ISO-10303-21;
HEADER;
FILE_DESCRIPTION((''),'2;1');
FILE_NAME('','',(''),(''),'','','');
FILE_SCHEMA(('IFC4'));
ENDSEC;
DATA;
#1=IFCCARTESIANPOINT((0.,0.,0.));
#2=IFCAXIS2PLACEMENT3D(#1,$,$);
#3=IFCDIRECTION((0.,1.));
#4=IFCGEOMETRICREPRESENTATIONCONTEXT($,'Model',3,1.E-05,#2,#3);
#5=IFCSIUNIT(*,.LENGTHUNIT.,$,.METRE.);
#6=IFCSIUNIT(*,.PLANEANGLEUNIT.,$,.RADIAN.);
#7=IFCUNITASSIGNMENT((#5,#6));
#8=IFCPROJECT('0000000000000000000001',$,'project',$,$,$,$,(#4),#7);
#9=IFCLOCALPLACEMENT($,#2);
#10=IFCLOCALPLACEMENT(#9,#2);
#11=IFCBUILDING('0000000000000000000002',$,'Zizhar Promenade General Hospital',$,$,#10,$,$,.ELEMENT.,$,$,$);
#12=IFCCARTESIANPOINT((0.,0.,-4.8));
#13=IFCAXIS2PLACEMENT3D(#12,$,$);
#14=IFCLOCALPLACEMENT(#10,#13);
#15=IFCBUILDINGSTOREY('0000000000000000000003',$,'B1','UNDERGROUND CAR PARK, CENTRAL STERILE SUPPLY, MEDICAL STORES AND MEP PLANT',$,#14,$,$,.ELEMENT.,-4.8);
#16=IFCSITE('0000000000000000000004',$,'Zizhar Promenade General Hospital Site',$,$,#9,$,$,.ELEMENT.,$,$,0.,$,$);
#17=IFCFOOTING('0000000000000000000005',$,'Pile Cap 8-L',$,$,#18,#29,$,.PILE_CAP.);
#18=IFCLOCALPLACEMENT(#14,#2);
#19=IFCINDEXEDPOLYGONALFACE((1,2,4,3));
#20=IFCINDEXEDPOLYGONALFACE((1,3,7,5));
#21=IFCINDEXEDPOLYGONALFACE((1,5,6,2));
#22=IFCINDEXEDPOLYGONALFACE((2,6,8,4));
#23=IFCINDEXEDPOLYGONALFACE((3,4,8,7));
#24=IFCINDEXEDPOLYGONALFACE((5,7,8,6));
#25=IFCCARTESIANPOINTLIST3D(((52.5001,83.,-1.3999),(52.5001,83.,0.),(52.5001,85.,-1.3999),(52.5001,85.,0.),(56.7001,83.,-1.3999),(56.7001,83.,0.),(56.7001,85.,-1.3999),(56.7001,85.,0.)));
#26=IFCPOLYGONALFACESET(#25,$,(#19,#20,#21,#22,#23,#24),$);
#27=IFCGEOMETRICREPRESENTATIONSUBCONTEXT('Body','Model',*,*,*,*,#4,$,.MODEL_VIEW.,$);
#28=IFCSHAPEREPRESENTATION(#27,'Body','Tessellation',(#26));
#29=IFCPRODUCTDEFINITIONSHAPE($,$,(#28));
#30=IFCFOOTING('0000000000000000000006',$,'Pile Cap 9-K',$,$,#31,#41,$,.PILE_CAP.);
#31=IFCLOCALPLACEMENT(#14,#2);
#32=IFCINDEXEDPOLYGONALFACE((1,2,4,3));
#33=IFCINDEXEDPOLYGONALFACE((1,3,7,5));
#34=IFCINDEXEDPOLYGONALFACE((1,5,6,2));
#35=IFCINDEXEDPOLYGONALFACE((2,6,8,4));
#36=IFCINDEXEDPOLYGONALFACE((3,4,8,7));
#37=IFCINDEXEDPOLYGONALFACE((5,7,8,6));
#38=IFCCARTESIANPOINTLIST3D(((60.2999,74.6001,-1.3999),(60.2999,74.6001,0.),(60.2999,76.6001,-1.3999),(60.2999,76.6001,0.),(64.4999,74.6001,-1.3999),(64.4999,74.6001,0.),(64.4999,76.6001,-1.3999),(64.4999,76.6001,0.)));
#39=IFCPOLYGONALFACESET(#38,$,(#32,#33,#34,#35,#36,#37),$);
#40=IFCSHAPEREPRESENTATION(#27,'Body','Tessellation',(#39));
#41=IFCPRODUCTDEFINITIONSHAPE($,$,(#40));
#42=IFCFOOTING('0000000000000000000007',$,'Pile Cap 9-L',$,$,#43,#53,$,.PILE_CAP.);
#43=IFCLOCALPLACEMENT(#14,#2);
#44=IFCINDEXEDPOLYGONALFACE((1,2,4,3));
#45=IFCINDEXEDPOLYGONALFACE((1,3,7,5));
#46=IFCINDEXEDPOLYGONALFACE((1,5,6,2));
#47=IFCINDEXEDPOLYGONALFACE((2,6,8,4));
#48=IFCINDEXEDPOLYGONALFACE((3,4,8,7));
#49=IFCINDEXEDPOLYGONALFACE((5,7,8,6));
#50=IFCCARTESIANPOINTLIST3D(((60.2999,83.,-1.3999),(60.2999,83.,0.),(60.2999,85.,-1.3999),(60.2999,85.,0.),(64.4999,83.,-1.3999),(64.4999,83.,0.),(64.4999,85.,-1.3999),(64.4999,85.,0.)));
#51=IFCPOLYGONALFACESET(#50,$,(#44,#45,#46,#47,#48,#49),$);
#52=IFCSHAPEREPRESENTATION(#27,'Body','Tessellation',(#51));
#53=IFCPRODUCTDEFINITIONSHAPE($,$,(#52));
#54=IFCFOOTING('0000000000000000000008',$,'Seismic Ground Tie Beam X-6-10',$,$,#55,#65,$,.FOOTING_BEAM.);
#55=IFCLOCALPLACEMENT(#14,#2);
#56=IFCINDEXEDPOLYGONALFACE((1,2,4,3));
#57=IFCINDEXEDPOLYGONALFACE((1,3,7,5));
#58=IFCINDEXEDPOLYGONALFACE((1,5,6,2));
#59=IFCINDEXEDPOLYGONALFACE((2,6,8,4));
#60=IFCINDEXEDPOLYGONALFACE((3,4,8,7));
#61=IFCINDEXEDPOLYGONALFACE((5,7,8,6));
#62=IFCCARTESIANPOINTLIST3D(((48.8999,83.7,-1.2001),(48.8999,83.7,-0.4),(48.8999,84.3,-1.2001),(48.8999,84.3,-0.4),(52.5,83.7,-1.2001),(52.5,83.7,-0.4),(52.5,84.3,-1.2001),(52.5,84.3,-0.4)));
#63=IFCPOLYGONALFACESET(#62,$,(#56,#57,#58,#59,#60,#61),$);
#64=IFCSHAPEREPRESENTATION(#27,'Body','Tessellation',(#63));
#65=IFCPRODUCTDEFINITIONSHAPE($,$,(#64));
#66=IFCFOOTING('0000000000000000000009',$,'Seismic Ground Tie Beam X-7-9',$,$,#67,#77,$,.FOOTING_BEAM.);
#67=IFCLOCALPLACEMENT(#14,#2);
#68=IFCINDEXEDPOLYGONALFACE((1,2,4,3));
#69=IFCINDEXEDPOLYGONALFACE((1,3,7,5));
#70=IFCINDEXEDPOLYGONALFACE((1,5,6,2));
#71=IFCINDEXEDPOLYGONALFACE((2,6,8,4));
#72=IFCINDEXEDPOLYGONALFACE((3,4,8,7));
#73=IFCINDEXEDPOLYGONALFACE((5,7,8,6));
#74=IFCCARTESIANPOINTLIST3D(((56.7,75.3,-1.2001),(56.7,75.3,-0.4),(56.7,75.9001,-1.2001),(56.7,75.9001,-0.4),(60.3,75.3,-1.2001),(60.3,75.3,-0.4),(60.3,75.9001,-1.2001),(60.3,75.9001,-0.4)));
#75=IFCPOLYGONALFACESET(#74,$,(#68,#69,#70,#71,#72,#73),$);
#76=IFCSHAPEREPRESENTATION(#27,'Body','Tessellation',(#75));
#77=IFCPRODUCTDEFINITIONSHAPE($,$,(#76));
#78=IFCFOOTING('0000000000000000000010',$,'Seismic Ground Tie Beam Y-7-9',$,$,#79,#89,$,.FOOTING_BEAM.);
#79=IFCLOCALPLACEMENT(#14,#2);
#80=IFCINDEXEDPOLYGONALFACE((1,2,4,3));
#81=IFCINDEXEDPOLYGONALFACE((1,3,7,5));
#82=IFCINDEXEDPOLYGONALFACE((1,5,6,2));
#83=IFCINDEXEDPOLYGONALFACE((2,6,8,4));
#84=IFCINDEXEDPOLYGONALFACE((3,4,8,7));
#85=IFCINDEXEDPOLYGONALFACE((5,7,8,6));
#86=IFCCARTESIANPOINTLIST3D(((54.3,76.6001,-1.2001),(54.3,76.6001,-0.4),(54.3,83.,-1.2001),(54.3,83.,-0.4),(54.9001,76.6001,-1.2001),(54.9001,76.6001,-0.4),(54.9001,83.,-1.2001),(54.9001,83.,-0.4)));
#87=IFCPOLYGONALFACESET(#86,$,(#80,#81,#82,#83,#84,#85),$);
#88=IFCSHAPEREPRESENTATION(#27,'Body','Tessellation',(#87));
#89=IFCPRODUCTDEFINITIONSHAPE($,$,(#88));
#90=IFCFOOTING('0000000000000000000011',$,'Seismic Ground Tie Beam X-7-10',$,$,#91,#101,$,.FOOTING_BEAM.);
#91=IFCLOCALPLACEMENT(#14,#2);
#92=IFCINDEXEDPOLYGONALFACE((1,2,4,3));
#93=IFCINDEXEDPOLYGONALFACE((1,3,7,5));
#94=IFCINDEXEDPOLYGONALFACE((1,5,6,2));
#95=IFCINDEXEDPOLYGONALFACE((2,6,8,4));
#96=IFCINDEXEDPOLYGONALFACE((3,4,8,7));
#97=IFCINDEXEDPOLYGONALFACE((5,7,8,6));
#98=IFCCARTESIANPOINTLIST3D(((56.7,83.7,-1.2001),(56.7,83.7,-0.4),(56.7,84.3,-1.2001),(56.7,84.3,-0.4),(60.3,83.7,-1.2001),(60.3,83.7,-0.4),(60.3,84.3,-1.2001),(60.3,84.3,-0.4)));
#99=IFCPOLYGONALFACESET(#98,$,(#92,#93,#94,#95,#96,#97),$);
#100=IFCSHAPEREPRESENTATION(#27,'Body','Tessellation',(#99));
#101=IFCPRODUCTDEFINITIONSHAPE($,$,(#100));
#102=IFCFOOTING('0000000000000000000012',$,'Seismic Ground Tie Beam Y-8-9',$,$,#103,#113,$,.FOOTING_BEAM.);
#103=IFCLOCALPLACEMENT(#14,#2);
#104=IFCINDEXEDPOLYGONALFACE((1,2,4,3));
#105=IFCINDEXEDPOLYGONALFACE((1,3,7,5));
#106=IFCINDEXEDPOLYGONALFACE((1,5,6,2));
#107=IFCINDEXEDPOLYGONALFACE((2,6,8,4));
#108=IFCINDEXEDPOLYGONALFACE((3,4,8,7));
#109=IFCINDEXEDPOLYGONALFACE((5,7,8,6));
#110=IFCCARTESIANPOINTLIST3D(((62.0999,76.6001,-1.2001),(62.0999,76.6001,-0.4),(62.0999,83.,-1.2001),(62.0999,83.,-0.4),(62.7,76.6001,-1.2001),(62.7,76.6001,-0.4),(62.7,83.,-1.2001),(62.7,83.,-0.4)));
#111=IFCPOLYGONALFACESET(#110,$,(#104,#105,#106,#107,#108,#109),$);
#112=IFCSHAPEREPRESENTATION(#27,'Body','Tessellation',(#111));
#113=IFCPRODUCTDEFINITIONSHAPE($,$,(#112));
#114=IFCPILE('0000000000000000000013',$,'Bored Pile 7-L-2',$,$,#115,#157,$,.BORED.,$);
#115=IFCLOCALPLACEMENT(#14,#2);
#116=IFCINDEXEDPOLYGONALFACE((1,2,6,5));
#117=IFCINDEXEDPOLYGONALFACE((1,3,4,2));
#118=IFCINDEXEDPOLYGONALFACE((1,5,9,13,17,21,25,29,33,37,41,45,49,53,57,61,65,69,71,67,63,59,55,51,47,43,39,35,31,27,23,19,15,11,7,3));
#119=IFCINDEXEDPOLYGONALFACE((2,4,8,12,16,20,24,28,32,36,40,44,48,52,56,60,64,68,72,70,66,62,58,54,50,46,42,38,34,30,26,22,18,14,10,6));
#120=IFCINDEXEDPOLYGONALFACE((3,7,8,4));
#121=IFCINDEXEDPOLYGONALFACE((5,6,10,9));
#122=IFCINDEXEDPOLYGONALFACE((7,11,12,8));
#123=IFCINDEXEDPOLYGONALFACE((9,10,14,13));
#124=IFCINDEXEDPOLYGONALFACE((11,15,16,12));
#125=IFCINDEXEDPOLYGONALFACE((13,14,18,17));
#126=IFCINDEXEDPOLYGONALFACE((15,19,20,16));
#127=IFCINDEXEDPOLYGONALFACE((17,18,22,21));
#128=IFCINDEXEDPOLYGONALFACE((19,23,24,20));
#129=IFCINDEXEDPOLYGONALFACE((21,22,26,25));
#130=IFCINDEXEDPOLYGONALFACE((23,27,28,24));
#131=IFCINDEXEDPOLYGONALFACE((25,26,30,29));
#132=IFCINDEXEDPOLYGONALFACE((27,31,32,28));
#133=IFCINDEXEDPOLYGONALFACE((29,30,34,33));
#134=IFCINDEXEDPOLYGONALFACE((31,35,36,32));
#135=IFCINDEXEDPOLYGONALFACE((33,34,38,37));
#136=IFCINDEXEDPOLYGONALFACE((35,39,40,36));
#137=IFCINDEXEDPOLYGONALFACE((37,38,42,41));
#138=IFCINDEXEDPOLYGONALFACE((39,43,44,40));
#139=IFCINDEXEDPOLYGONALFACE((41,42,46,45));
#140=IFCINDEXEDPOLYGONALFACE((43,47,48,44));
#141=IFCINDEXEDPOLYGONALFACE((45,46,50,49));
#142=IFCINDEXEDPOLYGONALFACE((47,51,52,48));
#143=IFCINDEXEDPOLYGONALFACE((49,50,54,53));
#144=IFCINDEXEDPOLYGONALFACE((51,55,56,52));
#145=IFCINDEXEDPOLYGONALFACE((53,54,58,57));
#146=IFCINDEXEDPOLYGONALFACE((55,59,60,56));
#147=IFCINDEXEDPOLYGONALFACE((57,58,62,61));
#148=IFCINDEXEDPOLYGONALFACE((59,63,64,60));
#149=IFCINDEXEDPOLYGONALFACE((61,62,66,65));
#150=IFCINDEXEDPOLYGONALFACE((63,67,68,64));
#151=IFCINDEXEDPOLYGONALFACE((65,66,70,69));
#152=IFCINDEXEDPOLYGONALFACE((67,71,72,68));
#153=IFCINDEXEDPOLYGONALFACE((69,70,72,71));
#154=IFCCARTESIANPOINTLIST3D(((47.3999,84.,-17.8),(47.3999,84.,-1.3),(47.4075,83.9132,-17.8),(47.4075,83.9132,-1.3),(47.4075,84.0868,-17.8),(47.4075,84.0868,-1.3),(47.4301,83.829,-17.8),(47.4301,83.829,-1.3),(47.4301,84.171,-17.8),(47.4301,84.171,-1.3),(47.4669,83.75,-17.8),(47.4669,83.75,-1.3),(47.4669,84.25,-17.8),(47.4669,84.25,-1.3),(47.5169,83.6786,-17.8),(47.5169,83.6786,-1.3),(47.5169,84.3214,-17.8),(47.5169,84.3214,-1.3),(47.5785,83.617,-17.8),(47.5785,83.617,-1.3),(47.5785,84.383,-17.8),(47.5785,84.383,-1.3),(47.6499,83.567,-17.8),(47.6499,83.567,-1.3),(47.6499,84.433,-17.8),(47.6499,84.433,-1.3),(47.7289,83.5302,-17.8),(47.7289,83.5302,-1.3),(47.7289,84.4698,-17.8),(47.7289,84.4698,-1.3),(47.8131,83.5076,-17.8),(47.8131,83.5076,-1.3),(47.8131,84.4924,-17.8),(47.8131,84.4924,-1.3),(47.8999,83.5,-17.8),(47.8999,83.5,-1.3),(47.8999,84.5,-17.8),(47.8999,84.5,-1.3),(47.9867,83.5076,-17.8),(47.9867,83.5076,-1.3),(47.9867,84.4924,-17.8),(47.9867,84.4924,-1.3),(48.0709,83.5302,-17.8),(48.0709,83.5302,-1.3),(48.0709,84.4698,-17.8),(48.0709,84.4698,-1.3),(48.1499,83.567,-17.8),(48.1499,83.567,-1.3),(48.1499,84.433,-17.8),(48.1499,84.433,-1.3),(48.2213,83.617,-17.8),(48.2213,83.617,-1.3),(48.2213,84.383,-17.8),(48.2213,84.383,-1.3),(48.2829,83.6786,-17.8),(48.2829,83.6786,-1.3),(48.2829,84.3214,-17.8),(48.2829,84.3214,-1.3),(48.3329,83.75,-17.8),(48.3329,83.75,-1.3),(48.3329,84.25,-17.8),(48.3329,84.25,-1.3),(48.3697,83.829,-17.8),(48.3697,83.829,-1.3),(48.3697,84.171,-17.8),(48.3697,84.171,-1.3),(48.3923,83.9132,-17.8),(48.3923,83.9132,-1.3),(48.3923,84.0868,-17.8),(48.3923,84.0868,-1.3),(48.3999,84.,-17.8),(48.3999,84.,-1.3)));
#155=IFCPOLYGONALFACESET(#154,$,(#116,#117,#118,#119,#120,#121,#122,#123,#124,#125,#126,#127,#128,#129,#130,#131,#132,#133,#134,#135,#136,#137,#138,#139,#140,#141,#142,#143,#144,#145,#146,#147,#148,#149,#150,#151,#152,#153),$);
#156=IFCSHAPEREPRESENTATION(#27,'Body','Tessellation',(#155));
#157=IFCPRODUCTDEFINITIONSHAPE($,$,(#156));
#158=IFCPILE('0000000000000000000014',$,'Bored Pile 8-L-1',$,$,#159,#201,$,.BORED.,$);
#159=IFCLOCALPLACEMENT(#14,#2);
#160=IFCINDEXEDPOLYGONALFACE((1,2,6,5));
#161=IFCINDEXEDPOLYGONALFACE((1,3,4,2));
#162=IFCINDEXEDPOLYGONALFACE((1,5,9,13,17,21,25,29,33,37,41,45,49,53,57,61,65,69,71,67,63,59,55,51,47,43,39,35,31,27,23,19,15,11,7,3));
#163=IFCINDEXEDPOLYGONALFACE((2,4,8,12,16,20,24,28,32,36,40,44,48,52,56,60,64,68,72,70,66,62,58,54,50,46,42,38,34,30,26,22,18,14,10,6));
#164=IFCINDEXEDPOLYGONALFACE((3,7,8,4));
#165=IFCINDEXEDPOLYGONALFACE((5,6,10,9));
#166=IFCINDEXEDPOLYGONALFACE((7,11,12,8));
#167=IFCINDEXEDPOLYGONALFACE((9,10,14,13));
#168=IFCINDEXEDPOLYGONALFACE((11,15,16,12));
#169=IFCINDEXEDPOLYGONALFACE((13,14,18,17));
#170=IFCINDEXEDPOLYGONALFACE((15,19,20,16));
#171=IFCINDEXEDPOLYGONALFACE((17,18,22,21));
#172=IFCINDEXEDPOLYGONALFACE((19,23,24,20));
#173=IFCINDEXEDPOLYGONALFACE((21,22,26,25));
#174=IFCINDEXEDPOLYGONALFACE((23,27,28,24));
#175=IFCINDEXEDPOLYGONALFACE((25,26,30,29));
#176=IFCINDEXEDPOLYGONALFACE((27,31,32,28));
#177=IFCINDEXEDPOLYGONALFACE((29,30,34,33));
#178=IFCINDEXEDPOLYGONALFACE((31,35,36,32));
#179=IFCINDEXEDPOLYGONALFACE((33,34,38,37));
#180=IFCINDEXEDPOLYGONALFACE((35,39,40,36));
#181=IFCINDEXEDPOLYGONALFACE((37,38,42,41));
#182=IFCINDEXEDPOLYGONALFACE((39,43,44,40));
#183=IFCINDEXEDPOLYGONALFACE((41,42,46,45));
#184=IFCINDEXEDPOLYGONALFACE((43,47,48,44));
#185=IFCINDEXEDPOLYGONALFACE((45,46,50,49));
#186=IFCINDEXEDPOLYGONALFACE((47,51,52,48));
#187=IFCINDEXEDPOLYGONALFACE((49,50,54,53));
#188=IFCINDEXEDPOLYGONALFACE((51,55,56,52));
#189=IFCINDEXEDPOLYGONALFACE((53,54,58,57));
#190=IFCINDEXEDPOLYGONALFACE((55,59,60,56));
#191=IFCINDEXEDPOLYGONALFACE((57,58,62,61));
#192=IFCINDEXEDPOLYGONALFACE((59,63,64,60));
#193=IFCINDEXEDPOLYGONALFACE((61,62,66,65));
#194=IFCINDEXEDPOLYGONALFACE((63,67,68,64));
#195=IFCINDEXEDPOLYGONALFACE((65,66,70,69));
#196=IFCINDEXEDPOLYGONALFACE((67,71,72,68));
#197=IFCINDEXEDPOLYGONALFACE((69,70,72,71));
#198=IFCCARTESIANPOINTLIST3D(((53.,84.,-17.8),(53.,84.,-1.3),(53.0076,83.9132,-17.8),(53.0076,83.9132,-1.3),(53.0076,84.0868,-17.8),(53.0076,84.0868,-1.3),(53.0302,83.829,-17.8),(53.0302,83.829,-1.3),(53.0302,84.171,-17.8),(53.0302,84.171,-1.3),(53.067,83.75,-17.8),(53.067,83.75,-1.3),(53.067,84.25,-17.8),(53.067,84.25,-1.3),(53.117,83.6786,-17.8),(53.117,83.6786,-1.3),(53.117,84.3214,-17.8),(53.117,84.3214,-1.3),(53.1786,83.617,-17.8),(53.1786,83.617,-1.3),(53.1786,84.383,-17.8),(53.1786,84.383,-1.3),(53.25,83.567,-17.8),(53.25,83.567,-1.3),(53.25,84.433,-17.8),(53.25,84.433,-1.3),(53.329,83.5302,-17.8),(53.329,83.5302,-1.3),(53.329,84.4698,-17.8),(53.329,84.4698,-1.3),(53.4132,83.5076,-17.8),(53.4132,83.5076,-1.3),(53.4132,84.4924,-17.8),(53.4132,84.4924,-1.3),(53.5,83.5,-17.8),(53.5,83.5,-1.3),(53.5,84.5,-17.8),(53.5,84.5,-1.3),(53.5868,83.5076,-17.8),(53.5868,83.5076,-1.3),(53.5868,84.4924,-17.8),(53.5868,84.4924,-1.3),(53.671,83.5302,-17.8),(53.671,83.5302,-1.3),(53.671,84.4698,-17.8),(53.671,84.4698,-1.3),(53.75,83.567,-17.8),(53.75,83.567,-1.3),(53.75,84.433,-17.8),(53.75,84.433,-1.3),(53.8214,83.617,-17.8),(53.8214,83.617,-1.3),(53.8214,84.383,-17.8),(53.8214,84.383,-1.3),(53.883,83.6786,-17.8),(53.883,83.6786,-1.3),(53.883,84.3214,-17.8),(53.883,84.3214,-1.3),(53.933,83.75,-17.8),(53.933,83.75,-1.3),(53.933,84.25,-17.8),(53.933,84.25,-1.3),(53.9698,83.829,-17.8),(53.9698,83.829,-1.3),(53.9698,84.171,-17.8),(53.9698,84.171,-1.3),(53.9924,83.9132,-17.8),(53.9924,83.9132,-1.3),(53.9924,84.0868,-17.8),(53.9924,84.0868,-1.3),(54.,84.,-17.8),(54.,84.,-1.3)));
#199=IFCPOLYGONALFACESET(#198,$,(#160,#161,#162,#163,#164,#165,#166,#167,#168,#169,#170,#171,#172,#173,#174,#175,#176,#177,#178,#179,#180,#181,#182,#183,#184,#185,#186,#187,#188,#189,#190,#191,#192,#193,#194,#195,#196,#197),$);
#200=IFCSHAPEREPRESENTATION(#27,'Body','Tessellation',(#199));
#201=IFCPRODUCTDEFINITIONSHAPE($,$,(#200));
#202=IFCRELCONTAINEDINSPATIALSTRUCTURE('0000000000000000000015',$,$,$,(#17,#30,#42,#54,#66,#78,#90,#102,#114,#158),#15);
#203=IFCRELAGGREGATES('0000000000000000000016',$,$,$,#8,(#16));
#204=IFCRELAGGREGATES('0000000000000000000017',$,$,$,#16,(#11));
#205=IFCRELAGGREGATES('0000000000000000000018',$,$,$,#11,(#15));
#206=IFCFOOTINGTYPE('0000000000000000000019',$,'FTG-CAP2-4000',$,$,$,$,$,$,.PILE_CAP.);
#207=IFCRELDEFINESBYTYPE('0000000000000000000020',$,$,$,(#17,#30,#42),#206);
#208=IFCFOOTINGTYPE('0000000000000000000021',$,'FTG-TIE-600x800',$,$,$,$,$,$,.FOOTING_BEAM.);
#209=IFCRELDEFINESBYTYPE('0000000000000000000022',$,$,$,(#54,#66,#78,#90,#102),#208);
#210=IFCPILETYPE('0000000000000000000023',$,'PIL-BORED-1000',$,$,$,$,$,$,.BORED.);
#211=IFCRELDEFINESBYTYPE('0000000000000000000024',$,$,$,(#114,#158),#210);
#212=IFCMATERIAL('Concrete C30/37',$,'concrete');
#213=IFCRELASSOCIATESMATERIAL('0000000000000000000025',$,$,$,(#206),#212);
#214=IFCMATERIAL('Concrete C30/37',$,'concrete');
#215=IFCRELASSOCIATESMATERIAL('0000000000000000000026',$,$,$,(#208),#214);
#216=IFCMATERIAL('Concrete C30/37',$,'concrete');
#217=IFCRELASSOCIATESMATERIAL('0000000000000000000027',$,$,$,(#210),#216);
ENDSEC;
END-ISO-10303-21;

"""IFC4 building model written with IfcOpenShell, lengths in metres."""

from ifc_helpers import new_model, si_unit, direction, frame, origin, origin_2d, place, context, subcontext, project, spatial, rectangle, circle, extrude, material, material_profile, profile_set, type_object, element, save


model = new_model("IFC4")

# Units and contexts
model_context = context("Model", 3, precision=1e-05, world=origin(), true_north=direction((0.0, 1.0)))
body_context = subcontext(model_context, "Body", "Model", "MODEL_VIEW")
ifc_project = project(units=[si_unit("LENGTHUNIT", "METRE"), si_unit("PLANEANGLEUNIT", "RADIAN")], contexts=[model_context])

# Site, building, storey
site_placement = place(None, origin())
site = spatial("IfcSite", under=ifc_project, at=site_placement, Name="Zizhar Promenade General Hospital Site", CompositionType="ELEMENT", RefElevation=0.0)
building_placement = place(site_placement, origin())
building = spatial("IfcBuilding", under=site, at=building_placement, Name="Zizhar Promenade General Hospital", CompositionType="ELEMENT")
storey_placement = place(building_placement, frame((0.0, 0.0, -4.8)))
storey = spatial("IfcBuildingStorey", under=building, at=storey_placement, Name="B1", Description="UNDERGROUND CAR PARK, CENTRAL STERILE SUPPLY, MEDICAL STORES AND MEP PLANT", CompositionType="ELEMENT", Elevation=-4.8)

# Footings
ifc_material_1 = material(Name="Concrete C30/37", Category="concrete")
footing_type_1 = type_object("IfcFootingType", Name="FTG-CAP2-4000", PredefinedType="PILE_CAP", material=ifc_material_1)
for number, where, z_axis, x_axis, name in (
    (1, (54.6001, 84.0, -1.3999), (0.0, 0.0, 1.0), (1.0, 0.0, 0.0), "Pile Cap 8-L"),
    (2, (62.3999, 75.6001, -1.3999), (0.0, 0.0, 1.0), (1.0, 0.0, 0.0), "Pile Cap 9-K"),
    (3, (62.3999, 84.0, -1.3999), (0.0, 0.0, 1.0), (1.0, 0.0, 0.0), "Pile Cap 9-L"),
):
    element("IfcFooting", number, at=place(storey_placement, frame(where, z_axis=z_axis, x_axis=x_axis)), inside=storey, type_object=footing_type_1, Name=name, PredefinedType="PILE_CAP", context=body_context, shape_type="SweptSolid", body=[
        extrude(rectangle(XDim=4.2, YDim=2.0, at=origin_2d()), origin(), (0.0, 0.0, 1.0), 1.3999),
    ])
ifc_material_2 = material(Name="Concrete C30/37", Category="concrete")
ifc_material_profile_1 = material_profile(ifc_material_2, rectangle(XDim=0.6001, YDim=0.8, at=origin_2d()))
ifc_profile_set_1 = profile_set([ifc_material_profile_1], Name="Concrete C30/37")
footing_type_2 = type_object("IfcFootingType", Name="FTG-TIE-600x800", PredefinedType="FOOTING_BEAM", material=ifc_profile_set_1)
for number, where, z_axis, x_axis, name in (
    (4, (48.8999, 84.0, -0.8), (1.0, 0.0, 0.0), (0.0, 1.0, 0.0), "Seismic Ground Tie Beam X-6-10"),
    (5, (56.7, 75.6001, -0.8), (1.0, 0.0, 0.0), (0.0, 1.0, 0.0), "Seismic Ground Tie Beam X-7-9"),
):
    element("IfcFooting", number, at=place(storey_placement, frame(where, z_axis=z_axis, x_axis=x_axis)), inside=storey, type_object=footing_type_2, Name=name, PredefinedType="FOOTING_BEAM", context=body_context, shape_type="SweptSolid", body=[
        extrude(rectangle(XDim=0.6001, YDim=0.8, at=origin_2d()), origin(), (0.0, 0.0, 1.0), 3.6001),
    ])
footing_1_placement = place(storey_placement, frame((54.6001, 76.6001, -0.8), z_axis=(0.0, 1.0, 0.0), x_axis=(-1.0, 0.0, 0.0)))
element("IfcFooting", 6, at=footing_1_placement, inside=storey, type_object=footing_type_2, Name="Seismic Ground Tie Beam Y-7-9", PredefinedType="FOOTING_BEAM", context=body_context, shape_type="SweptSolid", body=[
    extrude(rectangle(XDim=0.6001, YDim=0.8, at=origin_2d()), origin(), (0.0, 0.0, 1.0), 6.3999),
])
footing_2_placement = place(storey_placement, frame((56.7, 84.0, -0.8), z_axis=(1.0, 0.0, 0.0), x_axis=(0.0, 1.0, 0.0)))
element("IfcFooting", 7, at=footing_2_placement, inside=storey, type_object=footing_type_2, Name="Seismic Ground Tie Beam X-7-10", PredefinedType="FOOTING_BEAM", context=body_context, shape_type="SweptSolid", body=[
    extrude(rectangle(XDim=0.6001, YDim=0.8, at=origin_2d()), origin(), (0.0, 0.0, 1.0), 3.6001),
])
footing_3_placement = place(storey_placement, frame((62.3999, 76.6001, -0.8), z_axis=(0.0, 1.0, 0.0), x_axis=(-1.0, 0.0, 0.0)))
element("IfcFooting", 8, at=footing_3_placement, inside=storey, type_object=footing_type_2, Name="Seismic Ground Tie Beam Y-8-9", PredefinedType="FOOTING_BEAM", context=body_context, shape_type="SweptSolid", body=[
    extrude(rectangle(XDim=0.6001, YDim=0.8, at=origin_2d()), origin(), (0.0, 0.0, 1.0), 6.3999),
])

# Piles
ifc_material_3 = material(Name="Concrete C30/37", Category="concrete")
ifc_material_profile_2 = material_profile(ifc_material_3, circle(Radius=0.5, at=origin_2d()))
ifc_profile_set_2 = profile_set([ifc_material_profile_2], Name="Concrete C30/37")
pile_type = type_object("IfcPileType", Name="PIL-BORED-1000", PredefinedType="BORED", material=ifc_profile_set_2)
for number, where, z_axis, x_axis, name in (
    (9, (47.8999, 84.0, -1.3), (0.0, 0.0, -1.0), (1.0, 0.0, 0.0), "Bored Pile 7-L-2"),
    (10, (53.5, 84.0, -1.3), (0.0, 0.0, -1.0), (1.0, 0.0, 0.0), "Bored Pile 8-L-1"),
):
    element("IfcPile", number, at=place(storey_placement, frame(where, z_axis=z_axis, x_axis=x_axis)), inside=storey, type_object=pile_type, Name=name, PredefinedType="BORED", context=body_context, shape_type="SweptSolid", body=[
        extrude(circle(Radius=0.5, at=origin_2d()), origin(), (0.0, 0.0, 1.0), 16.5),
    ])

save(model, "model.ifc")
